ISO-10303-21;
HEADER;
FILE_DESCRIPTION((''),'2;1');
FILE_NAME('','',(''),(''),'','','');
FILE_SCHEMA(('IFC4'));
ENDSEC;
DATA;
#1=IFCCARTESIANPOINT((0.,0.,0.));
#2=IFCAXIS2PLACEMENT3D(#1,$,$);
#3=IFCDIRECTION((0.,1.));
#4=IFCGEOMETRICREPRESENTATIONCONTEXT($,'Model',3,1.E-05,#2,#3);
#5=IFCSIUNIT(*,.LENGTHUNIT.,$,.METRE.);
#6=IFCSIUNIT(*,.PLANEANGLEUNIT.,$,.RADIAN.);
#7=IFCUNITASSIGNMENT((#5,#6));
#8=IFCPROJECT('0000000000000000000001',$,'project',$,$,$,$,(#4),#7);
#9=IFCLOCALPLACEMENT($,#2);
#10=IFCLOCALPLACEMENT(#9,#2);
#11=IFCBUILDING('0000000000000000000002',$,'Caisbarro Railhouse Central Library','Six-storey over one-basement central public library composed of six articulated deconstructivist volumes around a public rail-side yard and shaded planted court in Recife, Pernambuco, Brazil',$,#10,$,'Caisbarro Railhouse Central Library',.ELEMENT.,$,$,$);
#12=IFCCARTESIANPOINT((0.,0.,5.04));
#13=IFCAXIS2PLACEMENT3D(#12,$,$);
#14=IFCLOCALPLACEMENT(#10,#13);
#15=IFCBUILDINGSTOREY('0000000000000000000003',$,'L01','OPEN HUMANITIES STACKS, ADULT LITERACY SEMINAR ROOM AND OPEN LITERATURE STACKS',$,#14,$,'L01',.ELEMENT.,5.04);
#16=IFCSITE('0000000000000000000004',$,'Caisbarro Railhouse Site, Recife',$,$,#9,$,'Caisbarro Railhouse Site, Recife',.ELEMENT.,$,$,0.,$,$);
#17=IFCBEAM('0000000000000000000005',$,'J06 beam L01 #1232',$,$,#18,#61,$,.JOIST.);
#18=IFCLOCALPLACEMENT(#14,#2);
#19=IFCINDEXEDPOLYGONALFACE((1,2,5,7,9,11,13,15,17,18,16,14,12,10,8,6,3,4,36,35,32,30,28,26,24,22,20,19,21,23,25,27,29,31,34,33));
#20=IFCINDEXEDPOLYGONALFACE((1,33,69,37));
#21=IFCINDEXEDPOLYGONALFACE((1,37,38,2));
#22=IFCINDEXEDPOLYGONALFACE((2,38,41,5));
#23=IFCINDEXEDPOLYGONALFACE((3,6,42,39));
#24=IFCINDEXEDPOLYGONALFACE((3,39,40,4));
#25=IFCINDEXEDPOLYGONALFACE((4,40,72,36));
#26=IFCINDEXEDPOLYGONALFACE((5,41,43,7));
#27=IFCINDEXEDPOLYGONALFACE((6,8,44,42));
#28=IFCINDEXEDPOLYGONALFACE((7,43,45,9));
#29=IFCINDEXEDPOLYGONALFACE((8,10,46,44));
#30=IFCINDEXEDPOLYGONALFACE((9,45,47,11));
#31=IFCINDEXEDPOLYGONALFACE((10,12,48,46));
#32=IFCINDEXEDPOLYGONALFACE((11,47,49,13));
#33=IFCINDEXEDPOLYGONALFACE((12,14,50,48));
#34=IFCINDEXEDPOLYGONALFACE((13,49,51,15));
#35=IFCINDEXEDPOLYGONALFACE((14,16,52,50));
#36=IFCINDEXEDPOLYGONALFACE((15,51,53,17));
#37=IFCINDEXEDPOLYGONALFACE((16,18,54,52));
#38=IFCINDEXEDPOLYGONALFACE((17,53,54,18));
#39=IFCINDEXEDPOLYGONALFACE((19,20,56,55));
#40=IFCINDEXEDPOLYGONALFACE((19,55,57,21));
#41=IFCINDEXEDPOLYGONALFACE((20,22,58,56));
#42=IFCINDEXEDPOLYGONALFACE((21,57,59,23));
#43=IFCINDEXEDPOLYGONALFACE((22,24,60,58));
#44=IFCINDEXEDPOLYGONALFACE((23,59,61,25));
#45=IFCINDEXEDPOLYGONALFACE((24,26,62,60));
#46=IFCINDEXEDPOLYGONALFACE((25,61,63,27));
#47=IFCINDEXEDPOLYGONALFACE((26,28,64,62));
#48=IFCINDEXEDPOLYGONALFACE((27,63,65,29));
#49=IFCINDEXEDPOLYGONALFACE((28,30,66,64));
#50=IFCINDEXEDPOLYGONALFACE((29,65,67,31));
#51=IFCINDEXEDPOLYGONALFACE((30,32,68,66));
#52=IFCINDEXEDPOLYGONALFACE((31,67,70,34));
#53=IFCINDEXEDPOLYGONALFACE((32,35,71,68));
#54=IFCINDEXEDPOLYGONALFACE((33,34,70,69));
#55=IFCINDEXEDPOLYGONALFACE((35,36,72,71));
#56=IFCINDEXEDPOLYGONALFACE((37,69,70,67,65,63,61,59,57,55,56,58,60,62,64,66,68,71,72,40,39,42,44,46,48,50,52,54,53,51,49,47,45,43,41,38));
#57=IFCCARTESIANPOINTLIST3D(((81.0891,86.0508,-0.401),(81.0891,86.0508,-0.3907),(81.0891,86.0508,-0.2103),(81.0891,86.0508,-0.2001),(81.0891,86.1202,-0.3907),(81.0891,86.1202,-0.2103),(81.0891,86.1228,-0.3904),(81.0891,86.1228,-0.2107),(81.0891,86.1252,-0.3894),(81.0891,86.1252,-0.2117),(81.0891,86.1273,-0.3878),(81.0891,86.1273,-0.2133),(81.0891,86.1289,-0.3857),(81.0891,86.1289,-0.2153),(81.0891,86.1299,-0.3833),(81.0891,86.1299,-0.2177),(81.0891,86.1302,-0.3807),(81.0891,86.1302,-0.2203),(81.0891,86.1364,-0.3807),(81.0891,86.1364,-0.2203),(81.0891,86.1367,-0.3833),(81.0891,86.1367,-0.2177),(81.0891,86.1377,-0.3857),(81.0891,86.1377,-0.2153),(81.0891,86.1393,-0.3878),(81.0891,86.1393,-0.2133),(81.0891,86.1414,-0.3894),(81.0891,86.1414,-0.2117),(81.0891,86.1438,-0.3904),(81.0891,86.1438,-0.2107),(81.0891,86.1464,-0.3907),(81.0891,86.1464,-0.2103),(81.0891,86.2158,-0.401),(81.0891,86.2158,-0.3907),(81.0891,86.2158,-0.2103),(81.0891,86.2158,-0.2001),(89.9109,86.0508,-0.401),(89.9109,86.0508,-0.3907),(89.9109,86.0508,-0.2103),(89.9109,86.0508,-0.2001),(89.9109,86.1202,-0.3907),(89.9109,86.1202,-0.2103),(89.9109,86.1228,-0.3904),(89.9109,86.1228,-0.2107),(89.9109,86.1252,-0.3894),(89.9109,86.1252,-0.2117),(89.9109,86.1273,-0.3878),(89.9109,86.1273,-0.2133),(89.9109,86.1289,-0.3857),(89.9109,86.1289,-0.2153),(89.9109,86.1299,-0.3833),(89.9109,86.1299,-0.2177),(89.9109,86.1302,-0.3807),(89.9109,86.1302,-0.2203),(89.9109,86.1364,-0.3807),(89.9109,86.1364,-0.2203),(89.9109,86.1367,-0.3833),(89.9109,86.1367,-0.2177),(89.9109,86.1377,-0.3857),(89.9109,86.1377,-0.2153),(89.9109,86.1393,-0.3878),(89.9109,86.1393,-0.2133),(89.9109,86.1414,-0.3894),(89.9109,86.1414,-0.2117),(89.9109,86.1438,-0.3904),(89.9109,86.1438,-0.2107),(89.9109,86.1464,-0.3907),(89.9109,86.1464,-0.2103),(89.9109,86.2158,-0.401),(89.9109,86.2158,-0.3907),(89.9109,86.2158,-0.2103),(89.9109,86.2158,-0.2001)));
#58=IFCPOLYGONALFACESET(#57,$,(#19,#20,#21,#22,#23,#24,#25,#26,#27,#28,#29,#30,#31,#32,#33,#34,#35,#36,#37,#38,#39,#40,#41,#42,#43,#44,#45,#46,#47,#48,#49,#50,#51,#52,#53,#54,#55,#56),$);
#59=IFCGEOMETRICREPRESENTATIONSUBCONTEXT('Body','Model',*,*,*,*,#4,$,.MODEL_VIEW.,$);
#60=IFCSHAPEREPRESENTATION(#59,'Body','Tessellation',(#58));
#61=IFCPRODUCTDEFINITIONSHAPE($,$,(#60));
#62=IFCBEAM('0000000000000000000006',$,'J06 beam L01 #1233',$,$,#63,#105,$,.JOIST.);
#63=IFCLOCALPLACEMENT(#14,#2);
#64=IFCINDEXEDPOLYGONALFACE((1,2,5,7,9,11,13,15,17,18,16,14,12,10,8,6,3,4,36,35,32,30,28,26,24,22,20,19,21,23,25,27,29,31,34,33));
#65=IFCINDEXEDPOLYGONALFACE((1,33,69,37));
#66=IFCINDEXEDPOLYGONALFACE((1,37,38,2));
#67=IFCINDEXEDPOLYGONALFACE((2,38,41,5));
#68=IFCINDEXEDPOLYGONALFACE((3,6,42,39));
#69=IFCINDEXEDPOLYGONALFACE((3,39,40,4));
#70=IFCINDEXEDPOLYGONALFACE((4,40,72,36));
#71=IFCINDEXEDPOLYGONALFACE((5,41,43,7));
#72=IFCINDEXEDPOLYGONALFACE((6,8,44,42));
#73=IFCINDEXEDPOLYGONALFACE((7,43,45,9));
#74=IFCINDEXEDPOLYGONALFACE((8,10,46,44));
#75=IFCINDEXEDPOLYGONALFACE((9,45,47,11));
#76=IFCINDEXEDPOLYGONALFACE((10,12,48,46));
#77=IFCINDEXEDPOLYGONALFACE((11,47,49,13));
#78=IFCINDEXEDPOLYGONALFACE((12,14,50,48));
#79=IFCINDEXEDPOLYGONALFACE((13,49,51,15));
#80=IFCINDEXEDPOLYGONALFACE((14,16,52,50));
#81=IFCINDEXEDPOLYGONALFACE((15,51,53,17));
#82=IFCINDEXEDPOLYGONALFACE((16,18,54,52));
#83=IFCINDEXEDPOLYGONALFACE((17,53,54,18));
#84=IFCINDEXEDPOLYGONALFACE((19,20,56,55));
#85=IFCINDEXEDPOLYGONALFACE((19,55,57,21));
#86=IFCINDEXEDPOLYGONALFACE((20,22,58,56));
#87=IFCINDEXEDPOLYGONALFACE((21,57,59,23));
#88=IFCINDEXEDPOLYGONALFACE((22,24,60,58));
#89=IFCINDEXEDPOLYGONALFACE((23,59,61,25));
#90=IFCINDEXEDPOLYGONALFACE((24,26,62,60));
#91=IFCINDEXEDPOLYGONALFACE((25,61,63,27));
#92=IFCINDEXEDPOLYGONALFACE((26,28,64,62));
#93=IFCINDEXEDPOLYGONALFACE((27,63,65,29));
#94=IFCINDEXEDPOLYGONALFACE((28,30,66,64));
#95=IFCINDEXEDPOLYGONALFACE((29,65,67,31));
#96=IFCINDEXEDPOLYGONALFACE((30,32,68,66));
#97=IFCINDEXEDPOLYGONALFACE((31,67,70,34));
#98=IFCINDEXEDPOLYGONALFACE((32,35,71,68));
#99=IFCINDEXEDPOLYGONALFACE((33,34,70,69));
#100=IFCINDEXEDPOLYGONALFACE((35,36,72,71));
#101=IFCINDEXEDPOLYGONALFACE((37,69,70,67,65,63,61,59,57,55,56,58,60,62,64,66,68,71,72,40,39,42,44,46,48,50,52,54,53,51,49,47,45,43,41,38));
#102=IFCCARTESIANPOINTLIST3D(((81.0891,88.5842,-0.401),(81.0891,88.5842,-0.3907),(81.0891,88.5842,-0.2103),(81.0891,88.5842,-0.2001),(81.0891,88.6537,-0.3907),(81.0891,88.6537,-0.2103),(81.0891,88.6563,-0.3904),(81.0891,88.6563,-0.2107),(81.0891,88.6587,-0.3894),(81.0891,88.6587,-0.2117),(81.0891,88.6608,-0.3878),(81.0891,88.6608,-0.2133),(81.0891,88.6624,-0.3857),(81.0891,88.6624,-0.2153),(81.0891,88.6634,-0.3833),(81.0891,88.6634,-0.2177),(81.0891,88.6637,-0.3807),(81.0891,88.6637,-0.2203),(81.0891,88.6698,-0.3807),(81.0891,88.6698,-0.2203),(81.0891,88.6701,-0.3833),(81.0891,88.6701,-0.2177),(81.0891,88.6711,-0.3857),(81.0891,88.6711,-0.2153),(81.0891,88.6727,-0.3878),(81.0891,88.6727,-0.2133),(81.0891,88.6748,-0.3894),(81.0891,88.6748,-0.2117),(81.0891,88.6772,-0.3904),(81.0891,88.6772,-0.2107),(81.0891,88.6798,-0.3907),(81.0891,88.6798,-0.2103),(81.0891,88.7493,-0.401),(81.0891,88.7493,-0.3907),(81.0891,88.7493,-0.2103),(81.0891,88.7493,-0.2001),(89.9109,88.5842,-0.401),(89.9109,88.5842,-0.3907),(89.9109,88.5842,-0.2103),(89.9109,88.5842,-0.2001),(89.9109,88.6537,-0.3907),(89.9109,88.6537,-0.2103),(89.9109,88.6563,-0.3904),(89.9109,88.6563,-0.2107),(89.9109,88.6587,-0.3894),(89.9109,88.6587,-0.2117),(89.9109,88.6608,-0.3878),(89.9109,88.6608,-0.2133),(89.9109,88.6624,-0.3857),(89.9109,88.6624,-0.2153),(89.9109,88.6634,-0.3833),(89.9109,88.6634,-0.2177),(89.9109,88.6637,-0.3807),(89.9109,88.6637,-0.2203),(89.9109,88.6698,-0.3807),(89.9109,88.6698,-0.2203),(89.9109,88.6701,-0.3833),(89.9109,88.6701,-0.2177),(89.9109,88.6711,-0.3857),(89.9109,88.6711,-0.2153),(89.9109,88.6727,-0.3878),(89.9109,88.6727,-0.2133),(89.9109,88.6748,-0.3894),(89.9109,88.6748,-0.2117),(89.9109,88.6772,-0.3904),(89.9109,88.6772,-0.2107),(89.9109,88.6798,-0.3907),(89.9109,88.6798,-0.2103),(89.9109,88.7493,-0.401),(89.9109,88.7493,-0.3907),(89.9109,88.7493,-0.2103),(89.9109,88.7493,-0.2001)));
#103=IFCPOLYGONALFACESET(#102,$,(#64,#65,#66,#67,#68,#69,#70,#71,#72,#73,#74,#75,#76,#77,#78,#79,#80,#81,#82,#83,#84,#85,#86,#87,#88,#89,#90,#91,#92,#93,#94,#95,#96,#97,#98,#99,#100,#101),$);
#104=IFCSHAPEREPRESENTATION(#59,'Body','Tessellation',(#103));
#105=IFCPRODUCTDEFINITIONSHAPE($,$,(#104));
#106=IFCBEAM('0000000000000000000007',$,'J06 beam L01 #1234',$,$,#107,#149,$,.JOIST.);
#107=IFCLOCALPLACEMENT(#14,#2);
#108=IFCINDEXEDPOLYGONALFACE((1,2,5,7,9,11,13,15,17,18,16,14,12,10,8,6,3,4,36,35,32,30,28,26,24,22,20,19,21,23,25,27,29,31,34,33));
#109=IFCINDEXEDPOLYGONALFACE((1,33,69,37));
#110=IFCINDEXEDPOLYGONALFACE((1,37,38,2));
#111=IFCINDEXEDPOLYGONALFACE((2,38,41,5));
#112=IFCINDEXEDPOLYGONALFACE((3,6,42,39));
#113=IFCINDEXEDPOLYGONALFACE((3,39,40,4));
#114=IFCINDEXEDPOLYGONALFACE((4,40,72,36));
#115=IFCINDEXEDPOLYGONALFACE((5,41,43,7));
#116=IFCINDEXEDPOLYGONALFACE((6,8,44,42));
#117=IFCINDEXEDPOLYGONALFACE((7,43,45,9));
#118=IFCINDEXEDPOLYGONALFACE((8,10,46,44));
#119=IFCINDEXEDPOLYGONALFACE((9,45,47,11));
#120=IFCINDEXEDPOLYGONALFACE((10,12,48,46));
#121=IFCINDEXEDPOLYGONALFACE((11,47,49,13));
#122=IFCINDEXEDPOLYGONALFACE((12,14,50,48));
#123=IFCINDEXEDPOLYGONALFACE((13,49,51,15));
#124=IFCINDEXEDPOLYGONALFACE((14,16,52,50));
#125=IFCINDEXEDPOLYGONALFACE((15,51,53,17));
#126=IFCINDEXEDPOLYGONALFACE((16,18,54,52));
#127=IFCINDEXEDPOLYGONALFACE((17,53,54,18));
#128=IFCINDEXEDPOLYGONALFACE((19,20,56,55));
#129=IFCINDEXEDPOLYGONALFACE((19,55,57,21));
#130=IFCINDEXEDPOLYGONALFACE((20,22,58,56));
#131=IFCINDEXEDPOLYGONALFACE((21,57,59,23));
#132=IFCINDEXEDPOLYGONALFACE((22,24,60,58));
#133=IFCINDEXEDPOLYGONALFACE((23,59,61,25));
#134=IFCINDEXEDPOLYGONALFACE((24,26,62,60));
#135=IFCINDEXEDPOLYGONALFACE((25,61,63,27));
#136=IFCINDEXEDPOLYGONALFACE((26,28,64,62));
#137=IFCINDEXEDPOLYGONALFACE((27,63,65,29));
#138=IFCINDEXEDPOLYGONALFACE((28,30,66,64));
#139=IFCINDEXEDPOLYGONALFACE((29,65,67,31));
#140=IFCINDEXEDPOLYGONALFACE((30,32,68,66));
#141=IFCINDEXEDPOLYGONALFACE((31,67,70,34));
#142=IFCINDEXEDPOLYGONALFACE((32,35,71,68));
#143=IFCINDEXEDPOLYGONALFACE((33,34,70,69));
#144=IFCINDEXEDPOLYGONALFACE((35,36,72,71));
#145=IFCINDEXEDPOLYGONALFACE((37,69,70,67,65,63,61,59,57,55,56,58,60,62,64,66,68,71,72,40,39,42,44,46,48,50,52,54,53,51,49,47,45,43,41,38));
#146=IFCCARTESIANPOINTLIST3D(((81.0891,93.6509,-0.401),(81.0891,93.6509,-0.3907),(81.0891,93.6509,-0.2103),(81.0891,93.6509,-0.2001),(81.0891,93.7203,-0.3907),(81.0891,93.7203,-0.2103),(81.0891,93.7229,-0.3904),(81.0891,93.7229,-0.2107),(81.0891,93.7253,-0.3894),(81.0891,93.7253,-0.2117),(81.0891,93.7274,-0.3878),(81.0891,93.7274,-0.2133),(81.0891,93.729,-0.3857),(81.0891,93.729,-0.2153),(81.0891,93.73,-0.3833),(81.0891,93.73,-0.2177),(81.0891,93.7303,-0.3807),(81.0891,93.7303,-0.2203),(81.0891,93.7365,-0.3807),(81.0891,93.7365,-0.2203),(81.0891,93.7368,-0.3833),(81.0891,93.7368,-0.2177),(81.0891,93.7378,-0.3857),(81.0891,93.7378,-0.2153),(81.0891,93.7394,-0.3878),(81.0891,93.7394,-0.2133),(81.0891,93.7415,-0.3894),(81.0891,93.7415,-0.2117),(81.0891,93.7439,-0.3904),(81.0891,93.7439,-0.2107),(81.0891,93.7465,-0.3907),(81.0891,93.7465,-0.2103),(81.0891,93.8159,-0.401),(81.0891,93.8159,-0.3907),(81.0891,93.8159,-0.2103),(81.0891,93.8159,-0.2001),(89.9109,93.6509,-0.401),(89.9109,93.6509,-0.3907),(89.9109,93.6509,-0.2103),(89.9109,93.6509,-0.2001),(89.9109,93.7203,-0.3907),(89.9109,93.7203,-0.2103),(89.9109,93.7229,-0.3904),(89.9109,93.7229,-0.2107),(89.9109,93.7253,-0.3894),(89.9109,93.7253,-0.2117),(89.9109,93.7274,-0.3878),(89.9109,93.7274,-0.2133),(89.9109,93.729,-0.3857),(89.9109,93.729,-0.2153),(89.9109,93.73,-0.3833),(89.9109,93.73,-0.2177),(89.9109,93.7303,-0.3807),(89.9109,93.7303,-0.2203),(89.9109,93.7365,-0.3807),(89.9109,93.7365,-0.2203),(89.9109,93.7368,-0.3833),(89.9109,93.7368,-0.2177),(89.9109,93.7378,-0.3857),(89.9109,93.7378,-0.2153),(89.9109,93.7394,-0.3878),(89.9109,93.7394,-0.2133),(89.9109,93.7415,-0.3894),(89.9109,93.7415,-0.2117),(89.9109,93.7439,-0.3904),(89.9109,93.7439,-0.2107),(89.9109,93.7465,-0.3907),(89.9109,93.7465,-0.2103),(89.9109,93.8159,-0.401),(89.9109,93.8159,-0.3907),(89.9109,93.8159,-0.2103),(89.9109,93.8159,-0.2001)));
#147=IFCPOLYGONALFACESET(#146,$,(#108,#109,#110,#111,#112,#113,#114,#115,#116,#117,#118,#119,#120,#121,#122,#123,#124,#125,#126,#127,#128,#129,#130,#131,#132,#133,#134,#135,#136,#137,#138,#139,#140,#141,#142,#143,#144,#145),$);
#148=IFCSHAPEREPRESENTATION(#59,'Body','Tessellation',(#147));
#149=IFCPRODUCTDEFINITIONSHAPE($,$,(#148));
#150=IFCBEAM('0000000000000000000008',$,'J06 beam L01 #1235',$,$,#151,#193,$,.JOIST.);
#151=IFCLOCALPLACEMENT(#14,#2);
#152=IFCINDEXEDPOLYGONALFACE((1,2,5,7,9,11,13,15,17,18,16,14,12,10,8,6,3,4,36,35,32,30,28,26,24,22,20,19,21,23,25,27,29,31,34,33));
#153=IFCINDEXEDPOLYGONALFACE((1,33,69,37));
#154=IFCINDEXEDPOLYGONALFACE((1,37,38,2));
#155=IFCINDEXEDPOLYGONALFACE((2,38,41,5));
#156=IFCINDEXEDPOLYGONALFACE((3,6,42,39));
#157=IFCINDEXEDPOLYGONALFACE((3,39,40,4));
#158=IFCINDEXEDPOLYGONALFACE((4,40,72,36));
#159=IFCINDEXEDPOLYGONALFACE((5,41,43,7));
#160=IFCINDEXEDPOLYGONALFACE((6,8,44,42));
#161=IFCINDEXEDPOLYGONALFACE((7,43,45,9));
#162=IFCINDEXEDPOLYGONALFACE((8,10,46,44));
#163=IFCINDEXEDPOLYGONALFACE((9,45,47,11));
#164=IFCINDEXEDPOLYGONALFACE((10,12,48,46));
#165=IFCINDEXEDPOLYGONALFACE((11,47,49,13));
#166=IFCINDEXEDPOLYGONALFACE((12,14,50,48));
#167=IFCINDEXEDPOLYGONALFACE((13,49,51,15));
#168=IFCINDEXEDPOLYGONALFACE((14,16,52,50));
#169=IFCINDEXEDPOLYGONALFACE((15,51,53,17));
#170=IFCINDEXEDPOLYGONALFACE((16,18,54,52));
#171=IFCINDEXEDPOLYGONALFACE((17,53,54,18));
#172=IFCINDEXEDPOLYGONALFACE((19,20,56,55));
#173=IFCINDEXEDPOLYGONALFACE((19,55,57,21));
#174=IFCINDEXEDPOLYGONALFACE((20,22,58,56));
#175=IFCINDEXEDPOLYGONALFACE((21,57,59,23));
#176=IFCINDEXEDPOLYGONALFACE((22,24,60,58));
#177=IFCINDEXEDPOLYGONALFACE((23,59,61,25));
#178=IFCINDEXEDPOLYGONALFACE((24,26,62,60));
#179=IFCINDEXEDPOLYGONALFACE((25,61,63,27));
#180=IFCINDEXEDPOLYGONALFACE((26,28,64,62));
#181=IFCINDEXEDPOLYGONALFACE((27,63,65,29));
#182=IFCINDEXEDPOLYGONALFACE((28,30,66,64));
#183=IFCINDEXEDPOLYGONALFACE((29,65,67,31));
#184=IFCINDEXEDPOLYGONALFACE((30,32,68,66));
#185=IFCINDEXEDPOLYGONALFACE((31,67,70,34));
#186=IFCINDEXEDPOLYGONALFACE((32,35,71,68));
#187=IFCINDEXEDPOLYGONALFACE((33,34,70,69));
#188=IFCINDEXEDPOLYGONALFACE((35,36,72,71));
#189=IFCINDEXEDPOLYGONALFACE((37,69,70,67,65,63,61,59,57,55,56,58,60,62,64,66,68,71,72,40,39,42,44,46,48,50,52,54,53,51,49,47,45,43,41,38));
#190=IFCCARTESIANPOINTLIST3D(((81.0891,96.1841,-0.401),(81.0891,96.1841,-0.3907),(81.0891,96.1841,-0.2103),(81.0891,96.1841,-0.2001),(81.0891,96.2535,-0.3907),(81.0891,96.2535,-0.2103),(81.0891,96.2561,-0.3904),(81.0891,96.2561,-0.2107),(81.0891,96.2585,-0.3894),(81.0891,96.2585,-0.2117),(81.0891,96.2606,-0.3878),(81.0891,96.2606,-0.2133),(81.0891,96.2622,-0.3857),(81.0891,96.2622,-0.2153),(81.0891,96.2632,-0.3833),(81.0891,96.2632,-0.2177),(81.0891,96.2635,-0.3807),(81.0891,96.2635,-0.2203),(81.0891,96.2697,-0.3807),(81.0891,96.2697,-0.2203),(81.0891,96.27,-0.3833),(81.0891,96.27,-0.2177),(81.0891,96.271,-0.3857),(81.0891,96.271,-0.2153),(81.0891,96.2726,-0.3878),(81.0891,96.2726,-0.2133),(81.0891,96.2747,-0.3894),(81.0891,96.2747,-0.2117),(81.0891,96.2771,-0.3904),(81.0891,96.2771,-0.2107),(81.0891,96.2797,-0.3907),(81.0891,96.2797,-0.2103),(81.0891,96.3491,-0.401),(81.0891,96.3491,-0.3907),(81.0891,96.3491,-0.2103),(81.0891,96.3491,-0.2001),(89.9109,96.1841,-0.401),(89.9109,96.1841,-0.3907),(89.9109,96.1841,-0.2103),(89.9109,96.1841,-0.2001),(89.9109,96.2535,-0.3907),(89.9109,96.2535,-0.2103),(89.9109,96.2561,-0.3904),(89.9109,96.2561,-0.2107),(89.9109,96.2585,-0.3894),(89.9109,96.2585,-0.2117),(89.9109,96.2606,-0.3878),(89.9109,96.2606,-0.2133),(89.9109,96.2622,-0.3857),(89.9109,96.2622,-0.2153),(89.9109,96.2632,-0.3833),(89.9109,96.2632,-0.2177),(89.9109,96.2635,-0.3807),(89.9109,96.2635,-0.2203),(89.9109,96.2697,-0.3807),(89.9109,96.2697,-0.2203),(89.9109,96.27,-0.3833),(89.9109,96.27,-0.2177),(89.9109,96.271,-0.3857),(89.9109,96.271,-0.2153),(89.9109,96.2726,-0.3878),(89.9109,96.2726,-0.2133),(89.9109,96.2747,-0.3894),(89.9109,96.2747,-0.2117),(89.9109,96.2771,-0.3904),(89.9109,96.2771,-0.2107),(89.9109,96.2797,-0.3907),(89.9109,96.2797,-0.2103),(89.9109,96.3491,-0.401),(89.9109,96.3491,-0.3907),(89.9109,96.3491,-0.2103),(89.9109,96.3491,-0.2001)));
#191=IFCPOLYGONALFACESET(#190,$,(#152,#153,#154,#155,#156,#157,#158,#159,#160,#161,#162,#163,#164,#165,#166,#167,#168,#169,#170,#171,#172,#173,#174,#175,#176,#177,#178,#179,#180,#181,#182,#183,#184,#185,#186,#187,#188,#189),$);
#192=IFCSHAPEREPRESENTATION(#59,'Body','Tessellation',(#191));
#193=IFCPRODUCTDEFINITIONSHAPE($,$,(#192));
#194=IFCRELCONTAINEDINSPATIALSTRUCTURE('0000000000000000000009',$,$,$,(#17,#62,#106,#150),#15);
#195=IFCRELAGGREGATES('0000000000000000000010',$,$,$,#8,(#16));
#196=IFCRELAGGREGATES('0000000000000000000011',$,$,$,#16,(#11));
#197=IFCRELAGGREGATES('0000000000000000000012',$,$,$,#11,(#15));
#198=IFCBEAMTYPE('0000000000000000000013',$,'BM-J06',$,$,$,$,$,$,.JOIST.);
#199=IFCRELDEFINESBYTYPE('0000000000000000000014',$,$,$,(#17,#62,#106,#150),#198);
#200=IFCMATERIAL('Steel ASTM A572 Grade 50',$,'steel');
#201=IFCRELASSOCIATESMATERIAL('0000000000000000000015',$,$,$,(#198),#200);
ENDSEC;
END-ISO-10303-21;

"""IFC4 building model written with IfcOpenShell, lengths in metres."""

from ifc_helpers import new_model, si_unit, direction, frame, origin, origin_2d, place, context, subcontext, project, spatial, i_section, extrude, material, material_profile, profile_set, type_object, element, save


model = new_model("IFC4")

# Units and contexts
model_context = context("Model", 3, precision=1e-05, world=origin(), true_north=direction((0.0, 1.0)))
body_context = subcontext(model_context, "Body", "Model", "MODEL_VIEW")
ifc_project = project(units=[si_unit("LENGTHUNIT", "METRE"), si_unit("PLANEANGLEUNIT", "RADIAN")], contexts=[model_context])

# Site, building, storey
site_placement = place(None, origin())
site = spatial("IfcSite", under=ifc_project, at=site_placement, Name="Caisbarro Railhouse Site, Recife", LongName="Caisbarro Railhouse Site, Recife", CompositionType="ELEMENT", RefElevation=0.0)
building_placement = place(site_placement, origin())
building = spatial("IfcBuilding", under=site, at=building_placement, Name="Caisbarro Railhouse Central Library", Description="Six-storey over one-basement central public library composed of six articulated deconstructivist volumes around a public rail-side yard and shaded planted court in Recife, Pernambuco, Brazil", LongName="Caisbarro Railhouse Central Library", CompositionType="ELEMENT")
storey_placement = place(building_placement, frame((0.0, 0.0, 5.04)))
storey = spatial("IfcBuildingStorey", under=building, at=storey_placement, Name="L01", Description="OPEN HUMANITIES STACKS, ADULT LITERACY SEMINAR ROOM AND OPEN LITERATURE STACKS", LongName="L01", CompositionType="ELEMENT", Elevation=5.04)

# Shared definitions
ifc_material_1 = material(Name="Steel ASTM A572 Grade 50", Category="steel")

# Beams
ifc_material_profile_1 = material_profile(ifc_material_1, i_section(OverallWidth=0.165, OverallDepth=0.2009, WebThickness=0.0061, FlangeThickness=0.0103, FilletRadius=0.01, at=origin_2d()), Name="W200X35.9")
ifc_profile_set_1 = profile_set([ifc_material_profile_1], Name="Steel ASTM A572 Grade 50")
beam_type_1 = type_object("IfcBeamType", Name="BM-J06", PredefinedType="JOIST", material=ifc_profile_set_1)
for number, where, z_axis, x_axis, name in (
    (1, (81.0891, 86.1333, -0.3005), (1.0, 0.0, 0.0), (0.0, 1.0, 0.0), "J06 beam L01 #1232"),
    (2, (81.0891, 88.6667, -0.3005), (1.0, 0.0, 0.0), (0.0, 1.0, 0.0), "J06 beam L01 #1233"),
    (3, (81.0891, 93.7334, -0.3005), (1.0, 0.0, 0.0), (0.0, 1.0, 0.0), "J06 beam L01 #1234"),
    (4, (81.0891, 96.2666, -0.3005), (1.0, 0.0, 0.0), (0.0, 1.0, 0.0), "J06 beam L01 #1235"),
):
    element("IfcBeam", number, at=place(storey_placement, frame(where, z_axis=z_axis, x_axis=x_axis)), inside=storey, type_object=beam_type_1, Name=name, PredefinedType="JOIST", context=body_context, shape_type="SweptSolid", body=[
        extrude(i_section(OverallWidth=0.165, OverallDepth=0.2009, WebThickness=0.0061, FlangeThickness=0.0103, FilletRadius=0.01, at=origin_2d()), origin(), (0.0, 0.0, 1.0), 8.8218),
    ])

save(model, "model.ifc")
